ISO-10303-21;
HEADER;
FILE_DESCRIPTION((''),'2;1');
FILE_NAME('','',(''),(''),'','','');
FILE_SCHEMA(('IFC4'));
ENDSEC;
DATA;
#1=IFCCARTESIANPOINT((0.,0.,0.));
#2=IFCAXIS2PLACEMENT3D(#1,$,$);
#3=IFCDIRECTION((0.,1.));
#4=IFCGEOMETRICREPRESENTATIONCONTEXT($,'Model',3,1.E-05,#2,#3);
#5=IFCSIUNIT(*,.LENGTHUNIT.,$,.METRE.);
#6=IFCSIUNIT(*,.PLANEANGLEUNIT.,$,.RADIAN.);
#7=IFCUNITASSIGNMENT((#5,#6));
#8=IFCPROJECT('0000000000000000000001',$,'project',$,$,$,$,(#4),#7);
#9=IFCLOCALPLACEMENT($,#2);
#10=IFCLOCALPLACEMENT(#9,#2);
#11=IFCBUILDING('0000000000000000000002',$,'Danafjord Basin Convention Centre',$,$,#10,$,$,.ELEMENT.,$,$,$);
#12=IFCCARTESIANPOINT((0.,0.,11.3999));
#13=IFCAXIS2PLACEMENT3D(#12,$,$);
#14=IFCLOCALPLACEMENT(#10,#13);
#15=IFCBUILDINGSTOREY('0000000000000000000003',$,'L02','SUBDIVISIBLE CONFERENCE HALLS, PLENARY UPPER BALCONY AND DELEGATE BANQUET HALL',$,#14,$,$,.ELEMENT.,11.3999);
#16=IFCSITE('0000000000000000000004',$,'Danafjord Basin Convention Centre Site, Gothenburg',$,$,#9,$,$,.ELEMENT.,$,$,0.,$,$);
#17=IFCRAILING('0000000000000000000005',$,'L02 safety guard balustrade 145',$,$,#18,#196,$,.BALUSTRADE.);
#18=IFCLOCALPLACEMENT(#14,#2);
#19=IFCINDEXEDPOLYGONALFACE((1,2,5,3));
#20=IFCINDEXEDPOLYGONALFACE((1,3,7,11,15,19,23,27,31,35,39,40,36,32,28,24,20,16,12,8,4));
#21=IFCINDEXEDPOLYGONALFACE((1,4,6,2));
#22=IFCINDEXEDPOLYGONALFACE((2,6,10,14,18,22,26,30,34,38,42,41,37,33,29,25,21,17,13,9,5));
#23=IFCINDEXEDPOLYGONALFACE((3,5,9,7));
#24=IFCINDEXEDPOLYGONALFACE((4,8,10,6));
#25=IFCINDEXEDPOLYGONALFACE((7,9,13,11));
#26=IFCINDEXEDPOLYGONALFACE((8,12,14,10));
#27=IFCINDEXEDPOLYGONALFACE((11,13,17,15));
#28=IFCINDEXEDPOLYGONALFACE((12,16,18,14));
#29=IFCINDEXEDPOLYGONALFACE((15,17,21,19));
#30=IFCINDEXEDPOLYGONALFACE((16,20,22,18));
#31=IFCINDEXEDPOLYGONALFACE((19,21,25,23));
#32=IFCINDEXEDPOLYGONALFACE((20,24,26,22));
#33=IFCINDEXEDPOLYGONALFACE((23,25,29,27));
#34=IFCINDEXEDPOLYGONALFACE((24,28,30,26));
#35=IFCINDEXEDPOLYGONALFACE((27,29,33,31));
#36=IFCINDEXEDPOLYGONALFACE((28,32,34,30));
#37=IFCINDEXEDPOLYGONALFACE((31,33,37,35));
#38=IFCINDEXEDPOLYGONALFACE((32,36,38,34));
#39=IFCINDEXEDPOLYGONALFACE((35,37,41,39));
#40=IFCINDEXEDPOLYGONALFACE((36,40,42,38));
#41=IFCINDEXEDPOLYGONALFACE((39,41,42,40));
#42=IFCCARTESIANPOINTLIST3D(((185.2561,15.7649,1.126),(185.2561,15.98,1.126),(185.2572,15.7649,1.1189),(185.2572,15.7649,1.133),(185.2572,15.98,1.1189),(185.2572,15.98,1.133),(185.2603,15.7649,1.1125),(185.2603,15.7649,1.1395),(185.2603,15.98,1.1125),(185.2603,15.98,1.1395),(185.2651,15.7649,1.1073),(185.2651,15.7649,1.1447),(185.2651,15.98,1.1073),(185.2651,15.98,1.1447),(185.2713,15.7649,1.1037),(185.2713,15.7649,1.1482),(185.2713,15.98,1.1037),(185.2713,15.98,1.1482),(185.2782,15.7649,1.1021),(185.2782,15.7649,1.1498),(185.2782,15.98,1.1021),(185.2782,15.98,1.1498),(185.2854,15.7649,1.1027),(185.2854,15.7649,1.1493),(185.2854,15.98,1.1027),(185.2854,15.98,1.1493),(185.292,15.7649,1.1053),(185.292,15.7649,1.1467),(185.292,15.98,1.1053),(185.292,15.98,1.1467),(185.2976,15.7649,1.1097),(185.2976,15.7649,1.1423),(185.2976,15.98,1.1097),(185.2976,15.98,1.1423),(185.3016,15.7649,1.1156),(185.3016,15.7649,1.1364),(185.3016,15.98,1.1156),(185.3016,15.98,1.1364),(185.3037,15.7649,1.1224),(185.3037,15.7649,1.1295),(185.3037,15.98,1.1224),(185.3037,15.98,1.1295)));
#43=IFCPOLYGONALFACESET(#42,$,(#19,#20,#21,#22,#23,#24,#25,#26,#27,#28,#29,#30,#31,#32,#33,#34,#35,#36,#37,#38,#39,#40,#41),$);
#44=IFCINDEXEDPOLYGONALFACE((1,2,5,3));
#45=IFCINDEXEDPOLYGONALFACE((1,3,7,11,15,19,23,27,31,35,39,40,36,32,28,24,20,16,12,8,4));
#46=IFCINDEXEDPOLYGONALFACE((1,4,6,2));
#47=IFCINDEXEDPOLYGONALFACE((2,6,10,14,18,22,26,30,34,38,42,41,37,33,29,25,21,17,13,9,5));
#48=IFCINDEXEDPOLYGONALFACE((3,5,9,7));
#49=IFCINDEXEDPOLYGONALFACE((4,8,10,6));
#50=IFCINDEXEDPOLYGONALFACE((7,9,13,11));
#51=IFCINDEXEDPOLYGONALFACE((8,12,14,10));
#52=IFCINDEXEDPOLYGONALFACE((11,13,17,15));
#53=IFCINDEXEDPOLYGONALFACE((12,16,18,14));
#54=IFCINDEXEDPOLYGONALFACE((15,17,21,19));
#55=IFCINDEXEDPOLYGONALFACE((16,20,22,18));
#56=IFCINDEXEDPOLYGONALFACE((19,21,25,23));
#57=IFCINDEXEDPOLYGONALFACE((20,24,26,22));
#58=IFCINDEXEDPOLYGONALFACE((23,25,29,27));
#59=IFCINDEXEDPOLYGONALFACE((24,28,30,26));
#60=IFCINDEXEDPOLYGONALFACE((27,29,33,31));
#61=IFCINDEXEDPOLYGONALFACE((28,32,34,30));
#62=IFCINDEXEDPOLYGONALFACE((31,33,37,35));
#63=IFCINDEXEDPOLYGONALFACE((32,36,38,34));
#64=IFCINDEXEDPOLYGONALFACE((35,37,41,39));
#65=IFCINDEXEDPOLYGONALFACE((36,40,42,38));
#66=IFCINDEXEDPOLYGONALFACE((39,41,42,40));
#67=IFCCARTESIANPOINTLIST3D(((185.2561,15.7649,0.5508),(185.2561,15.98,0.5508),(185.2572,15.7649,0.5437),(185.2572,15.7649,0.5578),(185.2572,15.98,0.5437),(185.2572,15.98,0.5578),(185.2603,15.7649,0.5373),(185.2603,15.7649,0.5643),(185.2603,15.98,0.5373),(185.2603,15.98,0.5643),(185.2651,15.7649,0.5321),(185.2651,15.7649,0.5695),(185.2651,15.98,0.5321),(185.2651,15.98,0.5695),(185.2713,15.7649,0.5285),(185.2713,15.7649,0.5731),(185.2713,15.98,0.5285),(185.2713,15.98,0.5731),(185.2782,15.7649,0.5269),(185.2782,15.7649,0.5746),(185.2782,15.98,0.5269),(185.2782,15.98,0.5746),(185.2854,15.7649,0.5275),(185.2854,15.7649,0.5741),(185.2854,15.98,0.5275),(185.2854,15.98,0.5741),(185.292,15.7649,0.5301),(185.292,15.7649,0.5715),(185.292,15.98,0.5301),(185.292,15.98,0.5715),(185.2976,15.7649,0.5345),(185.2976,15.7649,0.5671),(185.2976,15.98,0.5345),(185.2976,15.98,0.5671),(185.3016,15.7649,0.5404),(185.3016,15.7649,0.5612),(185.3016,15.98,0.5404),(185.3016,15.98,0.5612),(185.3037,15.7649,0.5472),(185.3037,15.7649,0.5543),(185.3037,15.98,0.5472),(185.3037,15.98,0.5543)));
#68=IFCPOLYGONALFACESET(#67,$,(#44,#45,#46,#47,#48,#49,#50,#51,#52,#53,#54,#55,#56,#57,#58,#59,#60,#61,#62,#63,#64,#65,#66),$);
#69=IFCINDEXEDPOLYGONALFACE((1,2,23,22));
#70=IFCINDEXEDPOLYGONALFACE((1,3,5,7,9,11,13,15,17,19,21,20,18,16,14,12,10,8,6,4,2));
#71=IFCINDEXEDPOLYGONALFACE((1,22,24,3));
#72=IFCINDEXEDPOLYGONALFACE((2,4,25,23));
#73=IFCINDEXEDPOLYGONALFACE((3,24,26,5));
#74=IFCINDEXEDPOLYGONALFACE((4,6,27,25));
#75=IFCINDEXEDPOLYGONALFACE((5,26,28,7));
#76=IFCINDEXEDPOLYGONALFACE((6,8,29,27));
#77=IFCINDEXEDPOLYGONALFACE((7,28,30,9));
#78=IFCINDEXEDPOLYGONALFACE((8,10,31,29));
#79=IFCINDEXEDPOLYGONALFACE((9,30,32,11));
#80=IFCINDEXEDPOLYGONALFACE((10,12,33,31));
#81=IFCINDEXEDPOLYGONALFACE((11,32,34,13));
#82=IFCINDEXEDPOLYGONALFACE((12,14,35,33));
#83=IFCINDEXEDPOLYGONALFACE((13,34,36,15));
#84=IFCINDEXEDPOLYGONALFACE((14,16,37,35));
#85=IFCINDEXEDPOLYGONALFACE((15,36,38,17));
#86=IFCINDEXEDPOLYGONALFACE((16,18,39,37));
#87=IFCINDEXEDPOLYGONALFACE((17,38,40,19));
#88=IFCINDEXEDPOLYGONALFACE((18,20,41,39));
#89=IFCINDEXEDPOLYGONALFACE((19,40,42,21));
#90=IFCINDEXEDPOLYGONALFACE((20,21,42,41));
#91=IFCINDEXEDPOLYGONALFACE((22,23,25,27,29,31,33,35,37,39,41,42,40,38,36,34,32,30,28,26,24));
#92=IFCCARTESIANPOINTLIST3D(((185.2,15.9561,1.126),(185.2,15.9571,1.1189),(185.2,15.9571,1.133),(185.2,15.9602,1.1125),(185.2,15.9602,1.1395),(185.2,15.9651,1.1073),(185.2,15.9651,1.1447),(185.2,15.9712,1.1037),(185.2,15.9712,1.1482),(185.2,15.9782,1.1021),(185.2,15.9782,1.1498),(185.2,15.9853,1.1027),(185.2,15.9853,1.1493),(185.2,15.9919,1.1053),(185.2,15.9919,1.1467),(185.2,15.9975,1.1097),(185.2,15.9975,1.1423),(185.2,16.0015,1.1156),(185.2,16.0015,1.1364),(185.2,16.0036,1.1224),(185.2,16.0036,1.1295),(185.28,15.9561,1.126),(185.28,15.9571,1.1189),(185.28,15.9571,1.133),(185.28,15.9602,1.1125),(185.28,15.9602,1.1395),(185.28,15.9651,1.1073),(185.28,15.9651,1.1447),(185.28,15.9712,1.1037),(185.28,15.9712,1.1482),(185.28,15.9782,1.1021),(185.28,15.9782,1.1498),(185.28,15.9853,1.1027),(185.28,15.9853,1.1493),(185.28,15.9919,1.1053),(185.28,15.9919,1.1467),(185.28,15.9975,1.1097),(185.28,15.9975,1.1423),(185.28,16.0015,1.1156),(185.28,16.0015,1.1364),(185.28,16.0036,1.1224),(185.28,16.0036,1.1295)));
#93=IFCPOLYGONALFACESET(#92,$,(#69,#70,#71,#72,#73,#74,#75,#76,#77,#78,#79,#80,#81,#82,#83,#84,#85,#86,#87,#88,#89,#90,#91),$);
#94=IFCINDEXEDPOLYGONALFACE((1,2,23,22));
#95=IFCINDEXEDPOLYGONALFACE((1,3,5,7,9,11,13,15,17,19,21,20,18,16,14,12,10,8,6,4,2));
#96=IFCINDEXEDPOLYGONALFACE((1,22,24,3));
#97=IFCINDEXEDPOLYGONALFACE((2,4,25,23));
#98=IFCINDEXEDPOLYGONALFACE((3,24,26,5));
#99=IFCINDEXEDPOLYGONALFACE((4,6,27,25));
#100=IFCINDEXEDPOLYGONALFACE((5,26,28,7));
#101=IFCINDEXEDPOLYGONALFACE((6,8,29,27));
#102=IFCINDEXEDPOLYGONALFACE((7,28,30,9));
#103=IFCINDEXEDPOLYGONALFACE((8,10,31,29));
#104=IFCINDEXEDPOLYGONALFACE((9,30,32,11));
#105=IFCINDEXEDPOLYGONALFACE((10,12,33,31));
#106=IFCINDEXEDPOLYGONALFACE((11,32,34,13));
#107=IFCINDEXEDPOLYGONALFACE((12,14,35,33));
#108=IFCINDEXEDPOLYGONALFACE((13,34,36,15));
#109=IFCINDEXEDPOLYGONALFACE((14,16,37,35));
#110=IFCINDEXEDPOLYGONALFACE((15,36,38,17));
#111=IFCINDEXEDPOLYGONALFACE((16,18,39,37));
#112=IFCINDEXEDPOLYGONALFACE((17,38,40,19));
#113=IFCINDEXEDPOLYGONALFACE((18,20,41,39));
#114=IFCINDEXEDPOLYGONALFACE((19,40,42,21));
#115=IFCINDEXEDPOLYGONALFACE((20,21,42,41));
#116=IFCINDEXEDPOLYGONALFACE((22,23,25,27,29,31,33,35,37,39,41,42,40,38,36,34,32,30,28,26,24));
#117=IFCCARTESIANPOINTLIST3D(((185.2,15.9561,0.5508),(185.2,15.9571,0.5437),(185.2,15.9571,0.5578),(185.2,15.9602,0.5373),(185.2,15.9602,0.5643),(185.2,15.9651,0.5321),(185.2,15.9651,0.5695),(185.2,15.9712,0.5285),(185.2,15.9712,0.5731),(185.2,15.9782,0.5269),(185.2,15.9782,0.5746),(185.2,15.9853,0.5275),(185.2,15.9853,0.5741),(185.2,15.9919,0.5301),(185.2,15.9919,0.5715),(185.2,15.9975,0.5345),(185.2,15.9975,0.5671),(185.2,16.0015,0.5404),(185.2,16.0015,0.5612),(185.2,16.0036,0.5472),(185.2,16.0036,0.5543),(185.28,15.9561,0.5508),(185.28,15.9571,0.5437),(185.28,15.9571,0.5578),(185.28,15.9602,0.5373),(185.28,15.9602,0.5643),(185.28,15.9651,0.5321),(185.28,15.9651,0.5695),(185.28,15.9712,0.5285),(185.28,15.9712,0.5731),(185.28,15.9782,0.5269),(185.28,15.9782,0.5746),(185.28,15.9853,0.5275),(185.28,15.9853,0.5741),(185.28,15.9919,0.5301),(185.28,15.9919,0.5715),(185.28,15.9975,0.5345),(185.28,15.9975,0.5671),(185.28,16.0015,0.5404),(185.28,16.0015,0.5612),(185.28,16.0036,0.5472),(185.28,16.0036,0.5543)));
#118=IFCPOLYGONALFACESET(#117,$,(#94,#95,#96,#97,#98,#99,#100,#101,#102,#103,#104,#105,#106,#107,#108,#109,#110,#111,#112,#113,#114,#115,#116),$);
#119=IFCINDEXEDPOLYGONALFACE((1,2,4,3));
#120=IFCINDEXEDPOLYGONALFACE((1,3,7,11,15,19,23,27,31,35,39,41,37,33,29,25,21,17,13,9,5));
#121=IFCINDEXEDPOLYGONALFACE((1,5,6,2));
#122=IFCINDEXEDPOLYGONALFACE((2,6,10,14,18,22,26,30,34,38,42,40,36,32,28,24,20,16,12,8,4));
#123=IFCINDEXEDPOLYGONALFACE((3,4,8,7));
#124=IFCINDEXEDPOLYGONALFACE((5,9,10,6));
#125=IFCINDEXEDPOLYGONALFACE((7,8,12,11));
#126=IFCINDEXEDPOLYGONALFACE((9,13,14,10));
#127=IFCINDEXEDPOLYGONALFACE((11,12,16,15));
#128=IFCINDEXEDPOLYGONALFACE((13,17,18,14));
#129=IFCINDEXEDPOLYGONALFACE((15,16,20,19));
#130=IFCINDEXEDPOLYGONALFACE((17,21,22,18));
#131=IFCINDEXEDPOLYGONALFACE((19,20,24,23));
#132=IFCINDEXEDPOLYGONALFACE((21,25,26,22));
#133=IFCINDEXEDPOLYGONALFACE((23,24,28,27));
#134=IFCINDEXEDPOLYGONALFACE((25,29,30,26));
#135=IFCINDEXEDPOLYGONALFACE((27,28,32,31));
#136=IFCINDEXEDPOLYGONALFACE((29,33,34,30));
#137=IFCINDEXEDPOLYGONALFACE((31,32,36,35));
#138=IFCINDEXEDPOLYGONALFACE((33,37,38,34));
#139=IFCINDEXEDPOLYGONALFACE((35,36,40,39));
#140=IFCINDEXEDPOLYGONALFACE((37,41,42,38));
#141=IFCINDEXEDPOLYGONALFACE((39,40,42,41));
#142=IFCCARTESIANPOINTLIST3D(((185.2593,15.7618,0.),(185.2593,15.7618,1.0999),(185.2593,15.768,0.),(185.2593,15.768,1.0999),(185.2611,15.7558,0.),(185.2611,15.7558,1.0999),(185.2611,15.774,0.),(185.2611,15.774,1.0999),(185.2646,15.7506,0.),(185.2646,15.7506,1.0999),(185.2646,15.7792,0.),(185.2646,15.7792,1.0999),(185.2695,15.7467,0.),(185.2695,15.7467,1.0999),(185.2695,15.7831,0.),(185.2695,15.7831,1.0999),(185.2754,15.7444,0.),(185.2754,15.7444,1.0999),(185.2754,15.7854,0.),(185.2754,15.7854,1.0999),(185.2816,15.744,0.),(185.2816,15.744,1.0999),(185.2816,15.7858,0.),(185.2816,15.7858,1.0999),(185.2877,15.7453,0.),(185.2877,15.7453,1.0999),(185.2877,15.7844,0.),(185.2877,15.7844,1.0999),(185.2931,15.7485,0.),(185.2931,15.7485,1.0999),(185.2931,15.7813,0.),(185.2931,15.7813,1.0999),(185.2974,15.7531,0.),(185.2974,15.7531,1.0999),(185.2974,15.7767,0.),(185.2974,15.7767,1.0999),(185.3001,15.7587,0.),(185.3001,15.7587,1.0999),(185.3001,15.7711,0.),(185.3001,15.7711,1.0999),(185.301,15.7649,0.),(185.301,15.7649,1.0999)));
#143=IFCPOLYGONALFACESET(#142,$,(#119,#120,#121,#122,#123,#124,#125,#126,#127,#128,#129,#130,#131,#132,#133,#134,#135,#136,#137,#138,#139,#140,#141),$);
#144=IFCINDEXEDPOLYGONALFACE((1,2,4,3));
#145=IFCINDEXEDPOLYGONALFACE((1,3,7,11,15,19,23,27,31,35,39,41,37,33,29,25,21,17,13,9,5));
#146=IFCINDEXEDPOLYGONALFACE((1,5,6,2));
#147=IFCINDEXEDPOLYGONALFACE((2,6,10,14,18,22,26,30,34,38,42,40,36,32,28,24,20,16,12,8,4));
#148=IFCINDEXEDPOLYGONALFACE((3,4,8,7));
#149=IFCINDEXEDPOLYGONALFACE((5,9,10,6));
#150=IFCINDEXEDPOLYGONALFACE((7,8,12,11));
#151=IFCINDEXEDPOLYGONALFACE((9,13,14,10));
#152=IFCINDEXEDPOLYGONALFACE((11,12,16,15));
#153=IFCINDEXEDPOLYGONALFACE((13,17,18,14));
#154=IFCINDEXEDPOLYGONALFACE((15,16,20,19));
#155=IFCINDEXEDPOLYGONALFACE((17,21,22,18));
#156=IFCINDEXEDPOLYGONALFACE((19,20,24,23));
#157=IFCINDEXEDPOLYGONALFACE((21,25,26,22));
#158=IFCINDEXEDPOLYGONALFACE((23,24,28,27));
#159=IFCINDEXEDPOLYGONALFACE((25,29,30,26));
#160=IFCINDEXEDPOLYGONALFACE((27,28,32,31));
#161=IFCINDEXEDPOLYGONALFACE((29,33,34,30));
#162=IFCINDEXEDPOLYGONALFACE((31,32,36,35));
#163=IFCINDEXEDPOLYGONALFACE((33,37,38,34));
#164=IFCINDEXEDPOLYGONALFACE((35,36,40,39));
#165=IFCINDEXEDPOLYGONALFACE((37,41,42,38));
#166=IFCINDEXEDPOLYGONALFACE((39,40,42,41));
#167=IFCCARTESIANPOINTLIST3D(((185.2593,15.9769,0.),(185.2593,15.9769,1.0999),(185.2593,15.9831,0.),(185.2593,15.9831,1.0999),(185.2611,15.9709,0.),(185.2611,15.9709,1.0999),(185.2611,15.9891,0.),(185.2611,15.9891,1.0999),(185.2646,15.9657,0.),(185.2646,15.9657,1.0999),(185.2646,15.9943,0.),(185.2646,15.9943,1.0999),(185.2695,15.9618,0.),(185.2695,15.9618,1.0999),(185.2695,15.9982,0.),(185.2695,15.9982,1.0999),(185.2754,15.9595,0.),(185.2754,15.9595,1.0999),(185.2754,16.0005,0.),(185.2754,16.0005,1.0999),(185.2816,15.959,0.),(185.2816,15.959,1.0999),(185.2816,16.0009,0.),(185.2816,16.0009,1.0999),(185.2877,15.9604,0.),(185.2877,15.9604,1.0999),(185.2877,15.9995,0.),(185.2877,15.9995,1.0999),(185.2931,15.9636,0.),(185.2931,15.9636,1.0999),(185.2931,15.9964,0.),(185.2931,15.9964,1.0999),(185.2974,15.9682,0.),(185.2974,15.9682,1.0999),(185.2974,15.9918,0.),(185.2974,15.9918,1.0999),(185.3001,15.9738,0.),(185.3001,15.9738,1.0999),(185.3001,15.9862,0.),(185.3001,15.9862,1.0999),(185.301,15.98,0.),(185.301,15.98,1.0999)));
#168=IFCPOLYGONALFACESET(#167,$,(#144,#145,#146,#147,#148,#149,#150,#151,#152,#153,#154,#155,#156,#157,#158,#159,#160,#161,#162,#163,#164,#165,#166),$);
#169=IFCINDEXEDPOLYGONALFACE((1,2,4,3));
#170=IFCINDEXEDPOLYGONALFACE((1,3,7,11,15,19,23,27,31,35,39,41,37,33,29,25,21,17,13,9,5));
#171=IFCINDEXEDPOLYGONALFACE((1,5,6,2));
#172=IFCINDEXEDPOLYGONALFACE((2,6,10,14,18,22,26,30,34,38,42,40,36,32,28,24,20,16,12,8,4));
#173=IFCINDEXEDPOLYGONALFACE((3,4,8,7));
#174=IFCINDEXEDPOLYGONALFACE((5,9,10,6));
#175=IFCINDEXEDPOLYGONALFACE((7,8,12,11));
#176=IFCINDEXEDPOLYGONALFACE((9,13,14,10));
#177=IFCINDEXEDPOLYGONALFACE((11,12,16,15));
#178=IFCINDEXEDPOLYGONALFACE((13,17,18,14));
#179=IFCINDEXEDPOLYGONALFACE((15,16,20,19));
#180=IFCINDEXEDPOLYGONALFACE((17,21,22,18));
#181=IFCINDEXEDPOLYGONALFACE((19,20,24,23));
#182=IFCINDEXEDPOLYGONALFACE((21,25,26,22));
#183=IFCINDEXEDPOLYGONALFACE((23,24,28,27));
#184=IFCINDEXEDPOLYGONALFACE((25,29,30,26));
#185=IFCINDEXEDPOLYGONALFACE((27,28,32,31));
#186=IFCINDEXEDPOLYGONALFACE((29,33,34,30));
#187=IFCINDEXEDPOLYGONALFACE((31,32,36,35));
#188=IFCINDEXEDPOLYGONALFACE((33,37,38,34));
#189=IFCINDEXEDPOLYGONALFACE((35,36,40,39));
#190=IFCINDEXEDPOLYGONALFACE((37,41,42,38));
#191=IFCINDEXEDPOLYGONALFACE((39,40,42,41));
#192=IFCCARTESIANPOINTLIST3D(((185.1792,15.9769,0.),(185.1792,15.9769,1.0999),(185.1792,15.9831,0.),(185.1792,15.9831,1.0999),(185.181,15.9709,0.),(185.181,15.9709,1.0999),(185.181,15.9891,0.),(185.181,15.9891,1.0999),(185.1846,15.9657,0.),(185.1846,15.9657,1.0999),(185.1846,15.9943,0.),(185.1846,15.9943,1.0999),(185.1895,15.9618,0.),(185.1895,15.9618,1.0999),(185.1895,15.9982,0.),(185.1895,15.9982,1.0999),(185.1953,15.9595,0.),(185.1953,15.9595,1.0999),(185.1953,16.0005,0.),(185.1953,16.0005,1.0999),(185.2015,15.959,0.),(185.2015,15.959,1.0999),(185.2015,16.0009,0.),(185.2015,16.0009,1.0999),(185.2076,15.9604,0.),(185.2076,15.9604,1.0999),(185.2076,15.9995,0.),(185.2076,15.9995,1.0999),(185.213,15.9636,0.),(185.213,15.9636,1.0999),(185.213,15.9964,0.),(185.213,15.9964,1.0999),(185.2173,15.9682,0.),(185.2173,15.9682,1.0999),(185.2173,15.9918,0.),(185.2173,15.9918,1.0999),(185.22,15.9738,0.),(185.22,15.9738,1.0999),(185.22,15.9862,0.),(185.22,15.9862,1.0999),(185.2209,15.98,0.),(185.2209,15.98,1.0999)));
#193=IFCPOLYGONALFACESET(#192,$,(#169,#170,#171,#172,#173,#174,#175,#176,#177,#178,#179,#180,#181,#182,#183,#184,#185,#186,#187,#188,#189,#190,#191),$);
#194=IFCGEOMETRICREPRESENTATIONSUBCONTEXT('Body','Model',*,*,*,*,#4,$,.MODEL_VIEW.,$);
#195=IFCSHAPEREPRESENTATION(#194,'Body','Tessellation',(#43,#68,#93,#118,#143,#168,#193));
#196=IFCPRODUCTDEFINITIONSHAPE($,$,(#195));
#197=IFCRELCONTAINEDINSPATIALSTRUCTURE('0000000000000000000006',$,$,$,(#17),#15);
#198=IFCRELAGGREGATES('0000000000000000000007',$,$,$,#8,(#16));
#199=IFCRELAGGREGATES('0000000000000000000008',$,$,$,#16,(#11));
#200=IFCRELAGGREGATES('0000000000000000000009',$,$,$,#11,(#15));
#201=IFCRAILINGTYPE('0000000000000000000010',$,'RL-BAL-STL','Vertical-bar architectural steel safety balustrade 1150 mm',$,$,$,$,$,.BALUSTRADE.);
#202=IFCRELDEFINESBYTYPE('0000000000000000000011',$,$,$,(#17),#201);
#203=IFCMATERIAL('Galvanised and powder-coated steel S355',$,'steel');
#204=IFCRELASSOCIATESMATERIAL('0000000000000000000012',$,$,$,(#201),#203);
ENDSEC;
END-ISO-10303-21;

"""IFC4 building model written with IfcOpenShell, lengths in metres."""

from ifc_helpers import new_model, si_unit, direction, frame, origin, origin_2d, place, context, subcontext, project, spatial, circle, extrude, material, type_object, element, save


model = new_model("IFC4")

# Units and contexts
model_context = context("Model", 3, precision=1e-05, world=origin(), true_north=direction((0.0, 1.0)))
body_context = subcontext(model_context, "Body", "Model", "MODEL_VIEW")
ifc_project = project(units=[si_unit("LENGTHUNIT", "METRE"), si_unit("PLANEANGLEUNIT", "RADIAN")], contexts=[model_context])

# Site, building, storey
site_placement = place(None, origin())
site = spatial("IfcSite", under=ifc_project, at=site_placement, Name="Danafjord Basin Convention Centre Site, Gothenburg", CompositionType="ELEMENT", RefElevation=0.0)
building_placement = place(site_placement, origin())
building = spatial("IfcBuilding", under=site, at=building_placement, Name="Danafjord Basin Convention Centre", CompositionType="ELEMENT")
storey_placement = place(building_placement, frame((0.0, 0.0, 11.3999)))
storey = spatial("IfcBuildingStorey", under=building, at=storey_placement, Name="L02", Description="SUBDIVISIBLE CONFERENCE HALLS, PLENARY UPPER BALCONY AND DELEGATE BANQUET HALL", CompositionType="ELEMENT", Elevation=11.3999)

# Railing
ifc_material_1 = material(Name="Galvanised and powder-coated steel S355", Category="steel")
railing_type_1 = type_object("IfcRailingType", Name="RL-BAL-STL", Description="Vertical-bar architectural steel safety balustrade 1150 mm", PredefinedType="BALUSTRADE", material=ifc_material_1)
railing_1_placement = place(storey_placement, frame((185.28, 15.7649, 0.0)))
element("IfcRailing", 1, at=railing_1_placement, inside=storey, type_object=railing_type_1, Name="L02 safety guard balustrade 145", PredefinedType="BALUSTRADE", context=body_context, shape_type="SweptSolid", body=[
    extrude(circle(Radius=0.0239, at=origin_2d()), frame((0.0, 0.0, 1.126), z_axis=(0.0, 1.0, 0.0), x_axis=(-1.0, 0.0, 0.0)), (0.0, 0.0, 1.0), 0.2151),
    extrude(circle(Radius=0.0239, at=origin_2d()), frame((0.0, 0.0, 0.5508), z_axis=(0.0, 1.0, 0.0), x_axis=(-1.0, 0.0, 0.0)), (0.0, 0.0, 1.0), 0.2151),
    extrude(circle(Radius=0.0239, at=origin_2d()), frame((0.0, 0.2151, 1.126), z_axis=(-1.0, 0.0, 0.0), x_axis=(0.0, -1.0, 0.0)), (0.0, 0.0, 1.0), 0.0801),
    extrude(circle(Radius=0.0239, at=origin_2d()), frame((0.0, 0.2151, 0.5508), z_axis=(-1.0, 0.0, 0.0), x_axis=(0.0, -1.0, 0.0)), (0.0, 0.0, 1.0), 0.0801),
    extrude(circle(Radius=0.021, at=origin_2d()), origin(), (0.0, 0.0, 1.0), 1.0999),
    extrude(circle(Radius=0.021, at=origin_2d()), frame((0.0, 0.2151, 0.0)), (0.0, 0.0, 1.0), 1.0999),
    extrude(circle(Radius=0.021, at=origin_2d()), frame((-0.0801, 0.2151, 0.0)), (0.0, 0.0, 1.0), 1.0999),
])

save(model, "model.ifc")
